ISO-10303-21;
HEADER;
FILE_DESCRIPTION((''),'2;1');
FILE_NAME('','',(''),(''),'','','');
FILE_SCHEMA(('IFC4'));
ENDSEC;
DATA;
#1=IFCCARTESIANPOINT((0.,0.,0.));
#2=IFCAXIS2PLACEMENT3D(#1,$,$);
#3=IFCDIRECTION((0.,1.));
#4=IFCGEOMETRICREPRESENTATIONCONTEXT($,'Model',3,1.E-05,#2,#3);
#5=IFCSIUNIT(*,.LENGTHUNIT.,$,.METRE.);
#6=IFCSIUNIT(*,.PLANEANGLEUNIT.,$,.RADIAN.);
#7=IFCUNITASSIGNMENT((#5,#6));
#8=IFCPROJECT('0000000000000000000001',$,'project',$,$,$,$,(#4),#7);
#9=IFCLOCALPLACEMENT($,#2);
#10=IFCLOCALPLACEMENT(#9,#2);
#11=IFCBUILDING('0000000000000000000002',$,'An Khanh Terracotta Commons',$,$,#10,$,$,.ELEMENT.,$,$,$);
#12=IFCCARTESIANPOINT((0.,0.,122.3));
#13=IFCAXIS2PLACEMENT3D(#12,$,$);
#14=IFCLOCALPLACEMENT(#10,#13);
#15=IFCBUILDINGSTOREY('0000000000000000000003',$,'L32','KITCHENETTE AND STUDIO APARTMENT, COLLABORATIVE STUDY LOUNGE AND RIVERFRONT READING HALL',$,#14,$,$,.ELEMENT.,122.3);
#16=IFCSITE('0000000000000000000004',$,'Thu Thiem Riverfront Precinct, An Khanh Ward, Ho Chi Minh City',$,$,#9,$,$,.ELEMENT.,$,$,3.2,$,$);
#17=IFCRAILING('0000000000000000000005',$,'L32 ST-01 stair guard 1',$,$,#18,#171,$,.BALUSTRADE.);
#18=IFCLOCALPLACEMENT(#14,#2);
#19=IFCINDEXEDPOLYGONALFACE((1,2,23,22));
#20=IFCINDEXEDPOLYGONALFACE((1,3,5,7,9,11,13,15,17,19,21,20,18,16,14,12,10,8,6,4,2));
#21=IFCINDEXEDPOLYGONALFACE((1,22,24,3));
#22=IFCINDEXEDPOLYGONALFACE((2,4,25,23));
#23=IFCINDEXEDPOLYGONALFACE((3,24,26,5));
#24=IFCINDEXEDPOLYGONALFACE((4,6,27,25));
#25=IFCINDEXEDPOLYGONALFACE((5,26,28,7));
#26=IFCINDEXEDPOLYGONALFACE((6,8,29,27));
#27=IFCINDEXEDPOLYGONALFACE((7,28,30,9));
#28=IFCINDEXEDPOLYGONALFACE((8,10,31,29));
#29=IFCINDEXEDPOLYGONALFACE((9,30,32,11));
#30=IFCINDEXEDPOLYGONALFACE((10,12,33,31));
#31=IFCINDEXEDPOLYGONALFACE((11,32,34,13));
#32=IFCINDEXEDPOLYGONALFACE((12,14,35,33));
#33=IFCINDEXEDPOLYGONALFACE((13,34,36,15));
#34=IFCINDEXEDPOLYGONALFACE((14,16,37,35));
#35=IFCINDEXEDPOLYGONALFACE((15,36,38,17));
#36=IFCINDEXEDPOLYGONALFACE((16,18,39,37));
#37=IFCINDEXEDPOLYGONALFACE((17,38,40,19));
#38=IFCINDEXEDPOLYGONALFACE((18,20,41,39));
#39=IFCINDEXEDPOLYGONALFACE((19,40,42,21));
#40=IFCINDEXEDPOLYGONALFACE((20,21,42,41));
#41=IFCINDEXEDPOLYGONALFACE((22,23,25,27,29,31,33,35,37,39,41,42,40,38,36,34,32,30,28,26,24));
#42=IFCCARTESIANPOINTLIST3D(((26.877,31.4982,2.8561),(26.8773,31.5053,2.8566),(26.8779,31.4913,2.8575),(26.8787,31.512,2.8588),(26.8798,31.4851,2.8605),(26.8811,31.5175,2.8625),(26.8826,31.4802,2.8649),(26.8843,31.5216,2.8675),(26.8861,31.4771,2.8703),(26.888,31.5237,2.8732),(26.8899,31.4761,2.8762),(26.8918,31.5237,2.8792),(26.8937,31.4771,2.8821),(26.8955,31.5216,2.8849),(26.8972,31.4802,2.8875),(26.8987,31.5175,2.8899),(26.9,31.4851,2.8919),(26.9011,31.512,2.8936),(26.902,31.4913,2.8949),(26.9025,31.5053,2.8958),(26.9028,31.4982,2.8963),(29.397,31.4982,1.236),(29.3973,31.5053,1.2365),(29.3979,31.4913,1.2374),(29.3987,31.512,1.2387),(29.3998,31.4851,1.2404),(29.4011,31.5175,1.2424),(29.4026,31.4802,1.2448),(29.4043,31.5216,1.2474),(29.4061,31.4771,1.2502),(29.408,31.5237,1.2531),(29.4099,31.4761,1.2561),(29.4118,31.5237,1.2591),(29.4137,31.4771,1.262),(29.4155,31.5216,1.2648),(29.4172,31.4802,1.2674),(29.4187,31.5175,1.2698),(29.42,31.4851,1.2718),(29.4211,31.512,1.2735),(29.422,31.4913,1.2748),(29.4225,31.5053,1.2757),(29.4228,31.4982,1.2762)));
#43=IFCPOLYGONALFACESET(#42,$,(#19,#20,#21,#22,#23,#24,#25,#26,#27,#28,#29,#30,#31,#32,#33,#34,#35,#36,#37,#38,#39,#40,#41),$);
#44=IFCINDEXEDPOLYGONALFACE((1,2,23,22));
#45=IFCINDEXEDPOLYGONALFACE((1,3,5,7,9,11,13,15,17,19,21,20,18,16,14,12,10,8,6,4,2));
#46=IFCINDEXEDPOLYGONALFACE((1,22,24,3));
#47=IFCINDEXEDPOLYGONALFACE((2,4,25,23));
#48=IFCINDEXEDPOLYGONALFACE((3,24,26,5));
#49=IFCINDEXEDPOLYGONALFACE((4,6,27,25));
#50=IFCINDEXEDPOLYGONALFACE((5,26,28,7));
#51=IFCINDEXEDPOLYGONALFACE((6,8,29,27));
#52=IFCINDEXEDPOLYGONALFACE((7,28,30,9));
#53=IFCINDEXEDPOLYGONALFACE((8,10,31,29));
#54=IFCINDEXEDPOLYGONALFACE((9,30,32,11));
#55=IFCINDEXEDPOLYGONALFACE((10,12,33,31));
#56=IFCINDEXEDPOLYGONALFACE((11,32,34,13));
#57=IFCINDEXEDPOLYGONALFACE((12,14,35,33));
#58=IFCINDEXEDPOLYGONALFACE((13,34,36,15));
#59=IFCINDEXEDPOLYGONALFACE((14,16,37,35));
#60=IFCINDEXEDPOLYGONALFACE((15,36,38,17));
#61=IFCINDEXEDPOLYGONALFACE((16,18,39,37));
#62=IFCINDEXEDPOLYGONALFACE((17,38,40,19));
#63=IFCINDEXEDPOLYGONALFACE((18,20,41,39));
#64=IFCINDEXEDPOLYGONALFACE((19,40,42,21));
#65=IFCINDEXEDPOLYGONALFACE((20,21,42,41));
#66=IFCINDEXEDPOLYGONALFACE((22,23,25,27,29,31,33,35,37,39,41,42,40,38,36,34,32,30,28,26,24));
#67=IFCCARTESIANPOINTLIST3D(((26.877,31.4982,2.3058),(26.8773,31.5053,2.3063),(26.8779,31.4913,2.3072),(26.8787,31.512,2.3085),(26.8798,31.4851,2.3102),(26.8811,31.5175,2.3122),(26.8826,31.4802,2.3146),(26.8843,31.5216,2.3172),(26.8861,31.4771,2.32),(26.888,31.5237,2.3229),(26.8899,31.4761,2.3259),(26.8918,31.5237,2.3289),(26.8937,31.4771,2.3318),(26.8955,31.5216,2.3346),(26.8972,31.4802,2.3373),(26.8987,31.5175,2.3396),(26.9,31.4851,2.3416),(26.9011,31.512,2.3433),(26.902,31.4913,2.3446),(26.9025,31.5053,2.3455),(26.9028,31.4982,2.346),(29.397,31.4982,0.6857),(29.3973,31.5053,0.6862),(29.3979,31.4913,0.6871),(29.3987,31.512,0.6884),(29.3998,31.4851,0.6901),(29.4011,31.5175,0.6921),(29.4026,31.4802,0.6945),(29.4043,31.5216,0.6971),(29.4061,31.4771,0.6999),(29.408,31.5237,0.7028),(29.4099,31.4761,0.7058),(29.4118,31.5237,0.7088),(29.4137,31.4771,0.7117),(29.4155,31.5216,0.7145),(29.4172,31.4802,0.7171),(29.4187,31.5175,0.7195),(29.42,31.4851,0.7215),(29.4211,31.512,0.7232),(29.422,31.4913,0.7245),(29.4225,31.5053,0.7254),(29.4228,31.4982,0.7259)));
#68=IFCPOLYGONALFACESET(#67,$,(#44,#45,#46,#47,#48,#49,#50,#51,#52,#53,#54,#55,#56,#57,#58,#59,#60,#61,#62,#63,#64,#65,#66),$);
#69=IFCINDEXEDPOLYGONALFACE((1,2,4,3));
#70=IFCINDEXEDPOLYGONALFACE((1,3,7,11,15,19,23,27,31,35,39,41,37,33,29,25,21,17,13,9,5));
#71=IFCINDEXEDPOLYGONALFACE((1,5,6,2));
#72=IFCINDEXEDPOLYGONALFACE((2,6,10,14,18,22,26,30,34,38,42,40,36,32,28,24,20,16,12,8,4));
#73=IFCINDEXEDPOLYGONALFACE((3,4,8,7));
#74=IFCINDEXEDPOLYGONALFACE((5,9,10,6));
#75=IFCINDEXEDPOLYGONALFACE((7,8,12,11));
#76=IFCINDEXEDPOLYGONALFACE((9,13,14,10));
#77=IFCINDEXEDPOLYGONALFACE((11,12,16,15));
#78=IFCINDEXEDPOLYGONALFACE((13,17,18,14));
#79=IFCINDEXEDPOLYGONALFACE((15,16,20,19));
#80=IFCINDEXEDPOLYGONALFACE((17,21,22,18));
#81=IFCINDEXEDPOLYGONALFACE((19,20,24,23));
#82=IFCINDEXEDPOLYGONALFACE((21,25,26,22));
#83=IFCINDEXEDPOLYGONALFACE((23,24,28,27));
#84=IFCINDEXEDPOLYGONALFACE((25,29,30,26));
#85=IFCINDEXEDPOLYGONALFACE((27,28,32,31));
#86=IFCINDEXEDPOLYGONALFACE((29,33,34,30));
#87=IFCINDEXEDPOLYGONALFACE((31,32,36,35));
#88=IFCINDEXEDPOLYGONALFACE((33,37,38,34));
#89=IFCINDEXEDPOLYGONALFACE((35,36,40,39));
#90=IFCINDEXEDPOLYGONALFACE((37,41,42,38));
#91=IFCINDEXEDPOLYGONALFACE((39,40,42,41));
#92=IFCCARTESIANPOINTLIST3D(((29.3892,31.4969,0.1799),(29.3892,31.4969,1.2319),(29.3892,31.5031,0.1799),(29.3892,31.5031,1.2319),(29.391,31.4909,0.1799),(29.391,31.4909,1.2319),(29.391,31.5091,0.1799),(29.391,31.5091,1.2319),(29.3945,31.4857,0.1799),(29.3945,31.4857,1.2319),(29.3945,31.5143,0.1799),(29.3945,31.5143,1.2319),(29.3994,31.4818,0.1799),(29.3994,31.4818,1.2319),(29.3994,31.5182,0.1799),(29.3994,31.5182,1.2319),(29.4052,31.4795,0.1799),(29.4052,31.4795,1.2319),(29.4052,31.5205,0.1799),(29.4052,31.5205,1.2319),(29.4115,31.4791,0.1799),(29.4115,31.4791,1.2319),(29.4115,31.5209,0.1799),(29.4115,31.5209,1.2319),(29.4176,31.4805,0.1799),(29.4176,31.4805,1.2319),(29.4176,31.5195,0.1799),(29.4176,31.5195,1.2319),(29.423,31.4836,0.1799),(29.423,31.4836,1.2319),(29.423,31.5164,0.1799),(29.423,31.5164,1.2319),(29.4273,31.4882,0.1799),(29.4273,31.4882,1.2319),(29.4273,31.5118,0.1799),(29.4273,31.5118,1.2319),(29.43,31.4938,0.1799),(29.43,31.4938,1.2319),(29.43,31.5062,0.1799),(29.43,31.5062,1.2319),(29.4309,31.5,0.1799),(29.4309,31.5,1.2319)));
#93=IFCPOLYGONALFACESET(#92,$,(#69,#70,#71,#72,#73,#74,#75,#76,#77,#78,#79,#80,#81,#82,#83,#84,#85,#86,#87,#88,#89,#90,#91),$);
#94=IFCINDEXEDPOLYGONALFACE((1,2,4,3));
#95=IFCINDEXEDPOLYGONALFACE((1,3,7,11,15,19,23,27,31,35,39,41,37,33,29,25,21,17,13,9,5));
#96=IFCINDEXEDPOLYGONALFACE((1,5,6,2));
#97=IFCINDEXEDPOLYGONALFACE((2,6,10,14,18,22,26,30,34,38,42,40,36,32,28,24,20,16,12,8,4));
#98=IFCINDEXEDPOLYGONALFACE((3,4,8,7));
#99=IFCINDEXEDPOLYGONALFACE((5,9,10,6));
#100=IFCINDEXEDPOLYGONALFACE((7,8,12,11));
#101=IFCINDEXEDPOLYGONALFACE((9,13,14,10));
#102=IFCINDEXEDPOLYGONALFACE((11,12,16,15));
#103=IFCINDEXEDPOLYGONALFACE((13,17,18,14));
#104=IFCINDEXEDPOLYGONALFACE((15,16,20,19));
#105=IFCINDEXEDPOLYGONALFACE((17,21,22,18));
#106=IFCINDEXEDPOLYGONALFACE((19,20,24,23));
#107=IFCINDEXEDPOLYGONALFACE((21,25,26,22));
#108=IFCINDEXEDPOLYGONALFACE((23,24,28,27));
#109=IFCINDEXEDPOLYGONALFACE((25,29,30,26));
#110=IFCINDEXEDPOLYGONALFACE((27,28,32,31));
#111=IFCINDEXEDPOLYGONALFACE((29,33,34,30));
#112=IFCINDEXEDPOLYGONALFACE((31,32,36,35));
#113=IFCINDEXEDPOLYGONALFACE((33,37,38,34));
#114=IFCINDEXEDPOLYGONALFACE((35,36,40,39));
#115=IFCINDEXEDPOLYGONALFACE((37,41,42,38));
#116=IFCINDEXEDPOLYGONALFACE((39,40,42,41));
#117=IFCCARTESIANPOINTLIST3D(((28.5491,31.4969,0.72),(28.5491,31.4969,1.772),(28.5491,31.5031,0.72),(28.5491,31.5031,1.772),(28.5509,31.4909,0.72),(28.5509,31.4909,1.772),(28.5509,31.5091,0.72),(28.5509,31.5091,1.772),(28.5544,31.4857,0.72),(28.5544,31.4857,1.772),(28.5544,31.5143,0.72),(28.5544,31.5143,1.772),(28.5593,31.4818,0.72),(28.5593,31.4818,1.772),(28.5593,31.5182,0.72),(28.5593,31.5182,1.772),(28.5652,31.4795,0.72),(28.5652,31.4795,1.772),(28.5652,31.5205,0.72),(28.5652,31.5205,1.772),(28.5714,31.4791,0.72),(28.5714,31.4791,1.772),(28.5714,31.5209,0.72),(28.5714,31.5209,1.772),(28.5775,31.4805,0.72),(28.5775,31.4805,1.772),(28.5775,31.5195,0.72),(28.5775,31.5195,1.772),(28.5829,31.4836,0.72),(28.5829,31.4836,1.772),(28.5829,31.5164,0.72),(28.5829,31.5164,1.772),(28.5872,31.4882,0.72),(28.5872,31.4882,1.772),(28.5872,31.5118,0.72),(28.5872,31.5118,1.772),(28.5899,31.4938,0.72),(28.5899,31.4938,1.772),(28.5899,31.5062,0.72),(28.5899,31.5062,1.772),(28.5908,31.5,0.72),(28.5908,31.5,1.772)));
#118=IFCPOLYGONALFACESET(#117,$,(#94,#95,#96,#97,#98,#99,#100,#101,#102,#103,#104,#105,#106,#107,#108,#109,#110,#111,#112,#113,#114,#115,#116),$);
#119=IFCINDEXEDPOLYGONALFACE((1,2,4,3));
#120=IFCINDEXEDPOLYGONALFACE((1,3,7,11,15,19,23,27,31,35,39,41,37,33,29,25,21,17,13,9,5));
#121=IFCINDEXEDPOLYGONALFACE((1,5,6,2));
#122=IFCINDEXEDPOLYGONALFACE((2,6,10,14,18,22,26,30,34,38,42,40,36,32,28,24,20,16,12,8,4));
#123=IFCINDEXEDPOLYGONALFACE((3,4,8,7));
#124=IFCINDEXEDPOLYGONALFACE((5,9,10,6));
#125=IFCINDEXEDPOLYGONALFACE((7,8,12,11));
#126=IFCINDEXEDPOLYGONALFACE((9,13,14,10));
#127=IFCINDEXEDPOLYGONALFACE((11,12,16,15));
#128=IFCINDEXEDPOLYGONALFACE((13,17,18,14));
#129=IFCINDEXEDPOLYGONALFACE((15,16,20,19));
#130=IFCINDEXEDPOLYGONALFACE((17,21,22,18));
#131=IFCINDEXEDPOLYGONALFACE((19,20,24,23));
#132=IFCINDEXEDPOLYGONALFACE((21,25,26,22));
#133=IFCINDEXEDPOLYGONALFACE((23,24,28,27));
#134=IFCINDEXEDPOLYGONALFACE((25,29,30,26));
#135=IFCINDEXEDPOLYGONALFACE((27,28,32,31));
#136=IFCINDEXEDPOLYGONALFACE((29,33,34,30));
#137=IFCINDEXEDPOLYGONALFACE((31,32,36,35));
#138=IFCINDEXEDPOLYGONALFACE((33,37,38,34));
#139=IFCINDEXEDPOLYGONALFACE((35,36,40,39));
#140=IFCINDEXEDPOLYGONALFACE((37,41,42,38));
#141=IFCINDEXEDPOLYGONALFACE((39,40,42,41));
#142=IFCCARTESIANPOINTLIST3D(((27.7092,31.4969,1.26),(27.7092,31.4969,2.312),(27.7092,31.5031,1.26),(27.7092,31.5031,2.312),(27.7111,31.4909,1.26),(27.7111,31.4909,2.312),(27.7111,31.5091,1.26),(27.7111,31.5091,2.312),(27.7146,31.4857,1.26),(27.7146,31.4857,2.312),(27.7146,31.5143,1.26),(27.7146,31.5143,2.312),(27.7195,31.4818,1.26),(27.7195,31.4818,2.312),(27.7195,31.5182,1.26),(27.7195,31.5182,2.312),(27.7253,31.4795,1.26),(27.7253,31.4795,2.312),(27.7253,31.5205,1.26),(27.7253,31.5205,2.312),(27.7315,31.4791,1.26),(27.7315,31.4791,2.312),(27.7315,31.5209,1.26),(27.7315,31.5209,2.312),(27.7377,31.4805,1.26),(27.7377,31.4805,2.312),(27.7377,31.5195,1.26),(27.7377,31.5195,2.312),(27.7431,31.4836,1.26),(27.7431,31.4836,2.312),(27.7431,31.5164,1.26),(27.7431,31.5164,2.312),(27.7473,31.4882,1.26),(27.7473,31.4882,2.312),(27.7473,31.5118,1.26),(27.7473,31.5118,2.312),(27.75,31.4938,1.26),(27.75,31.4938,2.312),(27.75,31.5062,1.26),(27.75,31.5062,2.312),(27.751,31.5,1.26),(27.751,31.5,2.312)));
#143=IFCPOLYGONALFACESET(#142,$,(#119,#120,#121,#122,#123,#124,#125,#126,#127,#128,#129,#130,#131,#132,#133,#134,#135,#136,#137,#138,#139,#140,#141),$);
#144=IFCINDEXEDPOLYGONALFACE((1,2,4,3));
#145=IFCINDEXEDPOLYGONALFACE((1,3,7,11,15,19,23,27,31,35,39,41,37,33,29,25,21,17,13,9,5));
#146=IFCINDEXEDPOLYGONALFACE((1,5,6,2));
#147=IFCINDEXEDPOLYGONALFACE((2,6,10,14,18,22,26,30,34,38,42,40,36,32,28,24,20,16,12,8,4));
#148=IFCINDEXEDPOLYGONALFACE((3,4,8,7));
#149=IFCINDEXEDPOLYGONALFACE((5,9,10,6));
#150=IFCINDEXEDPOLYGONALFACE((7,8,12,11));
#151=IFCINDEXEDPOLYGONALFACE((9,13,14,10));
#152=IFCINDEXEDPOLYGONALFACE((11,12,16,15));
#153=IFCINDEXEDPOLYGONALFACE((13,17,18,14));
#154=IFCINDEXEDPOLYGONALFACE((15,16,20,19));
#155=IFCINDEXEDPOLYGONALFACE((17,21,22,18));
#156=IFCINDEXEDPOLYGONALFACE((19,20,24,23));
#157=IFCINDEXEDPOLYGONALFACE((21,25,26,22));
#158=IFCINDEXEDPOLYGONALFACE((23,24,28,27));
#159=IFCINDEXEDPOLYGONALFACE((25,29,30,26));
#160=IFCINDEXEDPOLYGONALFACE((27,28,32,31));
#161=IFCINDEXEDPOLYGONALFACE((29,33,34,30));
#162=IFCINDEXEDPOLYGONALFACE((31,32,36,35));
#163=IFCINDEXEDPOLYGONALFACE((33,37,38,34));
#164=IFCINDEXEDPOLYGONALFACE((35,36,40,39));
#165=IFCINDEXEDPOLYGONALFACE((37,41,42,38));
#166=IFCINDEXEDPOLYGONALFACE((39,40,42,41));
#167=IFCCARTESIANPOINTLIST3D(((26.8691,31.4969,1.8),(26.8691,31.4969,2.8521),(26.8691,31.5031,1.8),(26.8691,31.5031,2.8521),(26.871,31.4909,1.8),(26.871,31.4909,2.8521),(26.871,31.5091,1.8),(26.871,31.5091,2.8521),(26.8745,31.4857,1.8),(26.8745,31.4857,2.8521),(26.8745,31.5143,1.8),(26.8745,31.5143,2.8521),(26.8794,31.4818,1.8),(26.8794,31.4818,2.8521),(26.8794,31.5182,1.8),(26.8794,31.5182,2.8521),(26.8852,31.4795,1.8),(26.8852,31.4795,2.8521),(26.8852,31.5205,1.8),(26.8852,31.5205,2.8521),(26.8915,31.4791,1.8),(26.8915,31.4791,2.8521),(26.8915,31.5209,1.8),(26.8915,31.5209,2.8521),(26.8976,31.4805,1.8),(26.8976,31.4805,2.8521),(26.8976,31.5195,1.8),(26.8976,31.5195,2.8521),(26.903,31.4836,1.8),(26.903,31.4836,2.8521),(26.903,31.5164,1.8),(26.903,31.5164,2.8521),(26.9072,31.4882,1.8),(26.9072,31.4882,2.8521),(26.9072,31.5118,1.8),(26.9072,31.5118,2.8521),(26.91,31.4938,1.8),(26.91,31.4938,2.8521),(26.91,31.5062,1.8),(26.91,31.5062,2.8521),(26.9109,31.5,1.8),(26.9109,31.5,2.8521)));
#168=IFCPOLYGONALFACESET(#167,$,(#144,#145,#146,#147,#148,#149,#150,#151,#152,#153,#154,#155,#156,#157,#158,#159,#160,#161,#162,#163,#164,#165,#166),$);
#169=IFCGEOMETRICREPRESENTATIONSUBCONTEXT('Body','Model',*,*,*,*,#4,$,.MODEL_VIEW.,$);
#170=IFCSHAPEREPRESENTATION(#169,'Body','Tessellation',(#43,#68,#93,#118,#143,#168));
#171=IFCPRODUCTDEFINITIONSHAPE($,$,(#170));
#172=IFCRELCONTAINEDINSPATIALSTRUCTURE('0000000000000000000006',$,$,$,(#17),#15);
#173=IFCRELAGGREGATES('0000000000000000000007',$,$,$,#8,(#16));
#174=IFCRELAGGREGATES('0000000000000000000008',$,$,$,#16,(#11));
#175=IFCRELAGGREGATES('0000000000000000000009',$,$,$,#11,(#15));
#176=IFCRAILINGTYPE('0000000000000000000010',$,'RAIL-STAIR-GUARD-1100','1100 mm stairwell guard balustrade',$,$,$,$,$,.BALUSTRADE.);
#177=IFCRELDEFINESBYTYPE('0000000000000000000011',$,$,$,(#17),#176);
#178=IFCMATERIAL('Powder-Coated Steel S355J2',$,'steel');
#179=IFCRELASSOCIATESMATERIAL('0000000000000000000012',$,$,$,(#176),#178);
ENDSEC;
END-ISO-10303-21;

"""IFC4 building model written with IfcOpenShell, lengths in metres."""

from ifc_helpers import new_model, si_unit, direction, frame, origin, origin_2d, place, context, subcontext, project, spatial, circle, extrude, material, type_object, element, save


model = new_model("IFC4")

# Units and contexts
model_context = context("Model", 3, precision=1e-05, world=origin(), true_north=direction((0.0, 1.0)))
body_context = subcontext(model_context, "Body", "Model", "MODEL_VIEW")
ifc_project = project(units=[si_unit("LENGTHUNIT", "METRE"), si_unit("PLANEANGLEUNIT", "RADIAN")], contexts=[model_context])

# Site, building, storey
site_placement = place(None, origin())
site = spatial("IfcSite", under=ifc_project, at=site_placement, Name="Thu Thiem Riverfront Precinct, An Khanh Ward, Ho Chi Minh City", CompositionType="ELEMENT", RefElevation=3.2)
building_placement = place(site_placement, origin())
building = spatial("IfcBuilding", under=site, at=building_placement, Name="An Khanh Terracotta Commons", CompositionType="ELEMENT")
storey_placement = place(building_placement, frame((0.0, 0.0, 122.3)))
storey = spatial("IfcBuildingStorey", under=building, at=storey_placement, Name="L32", Description="KITCHENETTE AND STUDIO APARTMENT, COLLABORATIVE STUDY LOUNGE AND RIVERFRONT READING HALL", CompositionType="ELEMENT", Elevation=122.3)

# Railing
ifc_material_1 = material(Name="Powder-Coated Steel S355J2", Category="steel")
railing_type_1 = type_object("IfcRailingType", Name="RAIL-STAIR-GUARD-1100", Description="1100 mm stairwell guard balustrade", PredefinedType="BALUSTRADE", material=ifc_material_1)
railing_1_placement = place(storey_placement, frame((29.4099, 31.5, 0.1799)))
element("IfcRailing", 1, at=railing_1_placement, inside=storey, type_object=railing_type_1, Name="L32 ST-01 stair guard 1", PredefinedType="BALUSTRADE", context=body_context, shape_type="SweptSolid", body=[
    extrude(circle(Radius=0.0239, at=origin_2d()), frame((0.0, 0.0, 1.0762), z_axis=(-0.841163, 0.0, 0.540782), x_axis=(0.0, -1.0, 0.0)), (0.0, 0.0, 1.0), 2.9958),
    extrude(circle(Radius=0.0239, at=origin_2d()), frame((0.0, 0.0, 0.5259), z_axis=(-0.841163, 0.0, 0.540782), x_axis=(0.0, -1.0, 0.0)), (0.0, 0.0, 1.0), 2.9958),
    extrude(circle(Radius=0.021, at=origin_2d()), origin(), (0.0, 0.0, 1.0), 1.052),
    extrude(circle(Radius=0.021, at=origin_2d()), frame((-0.8401, 0.0, 0.54)), (0.0, 0.0, 1.0), 1.052),
    extrude(circle(Radius=0.021, at=origin_2d()), frame((-1.6799, 0.0, 1.0801)), (0.0, 0.0, 1.0), 1.052),
    extrude(circle(Radius=0.021, at=origin_2d()), frame((-2.52, 0.0, 1.6201)), (0.0, 0.0, 1.0), 1.052),
])

save(model, "model.ifc")
